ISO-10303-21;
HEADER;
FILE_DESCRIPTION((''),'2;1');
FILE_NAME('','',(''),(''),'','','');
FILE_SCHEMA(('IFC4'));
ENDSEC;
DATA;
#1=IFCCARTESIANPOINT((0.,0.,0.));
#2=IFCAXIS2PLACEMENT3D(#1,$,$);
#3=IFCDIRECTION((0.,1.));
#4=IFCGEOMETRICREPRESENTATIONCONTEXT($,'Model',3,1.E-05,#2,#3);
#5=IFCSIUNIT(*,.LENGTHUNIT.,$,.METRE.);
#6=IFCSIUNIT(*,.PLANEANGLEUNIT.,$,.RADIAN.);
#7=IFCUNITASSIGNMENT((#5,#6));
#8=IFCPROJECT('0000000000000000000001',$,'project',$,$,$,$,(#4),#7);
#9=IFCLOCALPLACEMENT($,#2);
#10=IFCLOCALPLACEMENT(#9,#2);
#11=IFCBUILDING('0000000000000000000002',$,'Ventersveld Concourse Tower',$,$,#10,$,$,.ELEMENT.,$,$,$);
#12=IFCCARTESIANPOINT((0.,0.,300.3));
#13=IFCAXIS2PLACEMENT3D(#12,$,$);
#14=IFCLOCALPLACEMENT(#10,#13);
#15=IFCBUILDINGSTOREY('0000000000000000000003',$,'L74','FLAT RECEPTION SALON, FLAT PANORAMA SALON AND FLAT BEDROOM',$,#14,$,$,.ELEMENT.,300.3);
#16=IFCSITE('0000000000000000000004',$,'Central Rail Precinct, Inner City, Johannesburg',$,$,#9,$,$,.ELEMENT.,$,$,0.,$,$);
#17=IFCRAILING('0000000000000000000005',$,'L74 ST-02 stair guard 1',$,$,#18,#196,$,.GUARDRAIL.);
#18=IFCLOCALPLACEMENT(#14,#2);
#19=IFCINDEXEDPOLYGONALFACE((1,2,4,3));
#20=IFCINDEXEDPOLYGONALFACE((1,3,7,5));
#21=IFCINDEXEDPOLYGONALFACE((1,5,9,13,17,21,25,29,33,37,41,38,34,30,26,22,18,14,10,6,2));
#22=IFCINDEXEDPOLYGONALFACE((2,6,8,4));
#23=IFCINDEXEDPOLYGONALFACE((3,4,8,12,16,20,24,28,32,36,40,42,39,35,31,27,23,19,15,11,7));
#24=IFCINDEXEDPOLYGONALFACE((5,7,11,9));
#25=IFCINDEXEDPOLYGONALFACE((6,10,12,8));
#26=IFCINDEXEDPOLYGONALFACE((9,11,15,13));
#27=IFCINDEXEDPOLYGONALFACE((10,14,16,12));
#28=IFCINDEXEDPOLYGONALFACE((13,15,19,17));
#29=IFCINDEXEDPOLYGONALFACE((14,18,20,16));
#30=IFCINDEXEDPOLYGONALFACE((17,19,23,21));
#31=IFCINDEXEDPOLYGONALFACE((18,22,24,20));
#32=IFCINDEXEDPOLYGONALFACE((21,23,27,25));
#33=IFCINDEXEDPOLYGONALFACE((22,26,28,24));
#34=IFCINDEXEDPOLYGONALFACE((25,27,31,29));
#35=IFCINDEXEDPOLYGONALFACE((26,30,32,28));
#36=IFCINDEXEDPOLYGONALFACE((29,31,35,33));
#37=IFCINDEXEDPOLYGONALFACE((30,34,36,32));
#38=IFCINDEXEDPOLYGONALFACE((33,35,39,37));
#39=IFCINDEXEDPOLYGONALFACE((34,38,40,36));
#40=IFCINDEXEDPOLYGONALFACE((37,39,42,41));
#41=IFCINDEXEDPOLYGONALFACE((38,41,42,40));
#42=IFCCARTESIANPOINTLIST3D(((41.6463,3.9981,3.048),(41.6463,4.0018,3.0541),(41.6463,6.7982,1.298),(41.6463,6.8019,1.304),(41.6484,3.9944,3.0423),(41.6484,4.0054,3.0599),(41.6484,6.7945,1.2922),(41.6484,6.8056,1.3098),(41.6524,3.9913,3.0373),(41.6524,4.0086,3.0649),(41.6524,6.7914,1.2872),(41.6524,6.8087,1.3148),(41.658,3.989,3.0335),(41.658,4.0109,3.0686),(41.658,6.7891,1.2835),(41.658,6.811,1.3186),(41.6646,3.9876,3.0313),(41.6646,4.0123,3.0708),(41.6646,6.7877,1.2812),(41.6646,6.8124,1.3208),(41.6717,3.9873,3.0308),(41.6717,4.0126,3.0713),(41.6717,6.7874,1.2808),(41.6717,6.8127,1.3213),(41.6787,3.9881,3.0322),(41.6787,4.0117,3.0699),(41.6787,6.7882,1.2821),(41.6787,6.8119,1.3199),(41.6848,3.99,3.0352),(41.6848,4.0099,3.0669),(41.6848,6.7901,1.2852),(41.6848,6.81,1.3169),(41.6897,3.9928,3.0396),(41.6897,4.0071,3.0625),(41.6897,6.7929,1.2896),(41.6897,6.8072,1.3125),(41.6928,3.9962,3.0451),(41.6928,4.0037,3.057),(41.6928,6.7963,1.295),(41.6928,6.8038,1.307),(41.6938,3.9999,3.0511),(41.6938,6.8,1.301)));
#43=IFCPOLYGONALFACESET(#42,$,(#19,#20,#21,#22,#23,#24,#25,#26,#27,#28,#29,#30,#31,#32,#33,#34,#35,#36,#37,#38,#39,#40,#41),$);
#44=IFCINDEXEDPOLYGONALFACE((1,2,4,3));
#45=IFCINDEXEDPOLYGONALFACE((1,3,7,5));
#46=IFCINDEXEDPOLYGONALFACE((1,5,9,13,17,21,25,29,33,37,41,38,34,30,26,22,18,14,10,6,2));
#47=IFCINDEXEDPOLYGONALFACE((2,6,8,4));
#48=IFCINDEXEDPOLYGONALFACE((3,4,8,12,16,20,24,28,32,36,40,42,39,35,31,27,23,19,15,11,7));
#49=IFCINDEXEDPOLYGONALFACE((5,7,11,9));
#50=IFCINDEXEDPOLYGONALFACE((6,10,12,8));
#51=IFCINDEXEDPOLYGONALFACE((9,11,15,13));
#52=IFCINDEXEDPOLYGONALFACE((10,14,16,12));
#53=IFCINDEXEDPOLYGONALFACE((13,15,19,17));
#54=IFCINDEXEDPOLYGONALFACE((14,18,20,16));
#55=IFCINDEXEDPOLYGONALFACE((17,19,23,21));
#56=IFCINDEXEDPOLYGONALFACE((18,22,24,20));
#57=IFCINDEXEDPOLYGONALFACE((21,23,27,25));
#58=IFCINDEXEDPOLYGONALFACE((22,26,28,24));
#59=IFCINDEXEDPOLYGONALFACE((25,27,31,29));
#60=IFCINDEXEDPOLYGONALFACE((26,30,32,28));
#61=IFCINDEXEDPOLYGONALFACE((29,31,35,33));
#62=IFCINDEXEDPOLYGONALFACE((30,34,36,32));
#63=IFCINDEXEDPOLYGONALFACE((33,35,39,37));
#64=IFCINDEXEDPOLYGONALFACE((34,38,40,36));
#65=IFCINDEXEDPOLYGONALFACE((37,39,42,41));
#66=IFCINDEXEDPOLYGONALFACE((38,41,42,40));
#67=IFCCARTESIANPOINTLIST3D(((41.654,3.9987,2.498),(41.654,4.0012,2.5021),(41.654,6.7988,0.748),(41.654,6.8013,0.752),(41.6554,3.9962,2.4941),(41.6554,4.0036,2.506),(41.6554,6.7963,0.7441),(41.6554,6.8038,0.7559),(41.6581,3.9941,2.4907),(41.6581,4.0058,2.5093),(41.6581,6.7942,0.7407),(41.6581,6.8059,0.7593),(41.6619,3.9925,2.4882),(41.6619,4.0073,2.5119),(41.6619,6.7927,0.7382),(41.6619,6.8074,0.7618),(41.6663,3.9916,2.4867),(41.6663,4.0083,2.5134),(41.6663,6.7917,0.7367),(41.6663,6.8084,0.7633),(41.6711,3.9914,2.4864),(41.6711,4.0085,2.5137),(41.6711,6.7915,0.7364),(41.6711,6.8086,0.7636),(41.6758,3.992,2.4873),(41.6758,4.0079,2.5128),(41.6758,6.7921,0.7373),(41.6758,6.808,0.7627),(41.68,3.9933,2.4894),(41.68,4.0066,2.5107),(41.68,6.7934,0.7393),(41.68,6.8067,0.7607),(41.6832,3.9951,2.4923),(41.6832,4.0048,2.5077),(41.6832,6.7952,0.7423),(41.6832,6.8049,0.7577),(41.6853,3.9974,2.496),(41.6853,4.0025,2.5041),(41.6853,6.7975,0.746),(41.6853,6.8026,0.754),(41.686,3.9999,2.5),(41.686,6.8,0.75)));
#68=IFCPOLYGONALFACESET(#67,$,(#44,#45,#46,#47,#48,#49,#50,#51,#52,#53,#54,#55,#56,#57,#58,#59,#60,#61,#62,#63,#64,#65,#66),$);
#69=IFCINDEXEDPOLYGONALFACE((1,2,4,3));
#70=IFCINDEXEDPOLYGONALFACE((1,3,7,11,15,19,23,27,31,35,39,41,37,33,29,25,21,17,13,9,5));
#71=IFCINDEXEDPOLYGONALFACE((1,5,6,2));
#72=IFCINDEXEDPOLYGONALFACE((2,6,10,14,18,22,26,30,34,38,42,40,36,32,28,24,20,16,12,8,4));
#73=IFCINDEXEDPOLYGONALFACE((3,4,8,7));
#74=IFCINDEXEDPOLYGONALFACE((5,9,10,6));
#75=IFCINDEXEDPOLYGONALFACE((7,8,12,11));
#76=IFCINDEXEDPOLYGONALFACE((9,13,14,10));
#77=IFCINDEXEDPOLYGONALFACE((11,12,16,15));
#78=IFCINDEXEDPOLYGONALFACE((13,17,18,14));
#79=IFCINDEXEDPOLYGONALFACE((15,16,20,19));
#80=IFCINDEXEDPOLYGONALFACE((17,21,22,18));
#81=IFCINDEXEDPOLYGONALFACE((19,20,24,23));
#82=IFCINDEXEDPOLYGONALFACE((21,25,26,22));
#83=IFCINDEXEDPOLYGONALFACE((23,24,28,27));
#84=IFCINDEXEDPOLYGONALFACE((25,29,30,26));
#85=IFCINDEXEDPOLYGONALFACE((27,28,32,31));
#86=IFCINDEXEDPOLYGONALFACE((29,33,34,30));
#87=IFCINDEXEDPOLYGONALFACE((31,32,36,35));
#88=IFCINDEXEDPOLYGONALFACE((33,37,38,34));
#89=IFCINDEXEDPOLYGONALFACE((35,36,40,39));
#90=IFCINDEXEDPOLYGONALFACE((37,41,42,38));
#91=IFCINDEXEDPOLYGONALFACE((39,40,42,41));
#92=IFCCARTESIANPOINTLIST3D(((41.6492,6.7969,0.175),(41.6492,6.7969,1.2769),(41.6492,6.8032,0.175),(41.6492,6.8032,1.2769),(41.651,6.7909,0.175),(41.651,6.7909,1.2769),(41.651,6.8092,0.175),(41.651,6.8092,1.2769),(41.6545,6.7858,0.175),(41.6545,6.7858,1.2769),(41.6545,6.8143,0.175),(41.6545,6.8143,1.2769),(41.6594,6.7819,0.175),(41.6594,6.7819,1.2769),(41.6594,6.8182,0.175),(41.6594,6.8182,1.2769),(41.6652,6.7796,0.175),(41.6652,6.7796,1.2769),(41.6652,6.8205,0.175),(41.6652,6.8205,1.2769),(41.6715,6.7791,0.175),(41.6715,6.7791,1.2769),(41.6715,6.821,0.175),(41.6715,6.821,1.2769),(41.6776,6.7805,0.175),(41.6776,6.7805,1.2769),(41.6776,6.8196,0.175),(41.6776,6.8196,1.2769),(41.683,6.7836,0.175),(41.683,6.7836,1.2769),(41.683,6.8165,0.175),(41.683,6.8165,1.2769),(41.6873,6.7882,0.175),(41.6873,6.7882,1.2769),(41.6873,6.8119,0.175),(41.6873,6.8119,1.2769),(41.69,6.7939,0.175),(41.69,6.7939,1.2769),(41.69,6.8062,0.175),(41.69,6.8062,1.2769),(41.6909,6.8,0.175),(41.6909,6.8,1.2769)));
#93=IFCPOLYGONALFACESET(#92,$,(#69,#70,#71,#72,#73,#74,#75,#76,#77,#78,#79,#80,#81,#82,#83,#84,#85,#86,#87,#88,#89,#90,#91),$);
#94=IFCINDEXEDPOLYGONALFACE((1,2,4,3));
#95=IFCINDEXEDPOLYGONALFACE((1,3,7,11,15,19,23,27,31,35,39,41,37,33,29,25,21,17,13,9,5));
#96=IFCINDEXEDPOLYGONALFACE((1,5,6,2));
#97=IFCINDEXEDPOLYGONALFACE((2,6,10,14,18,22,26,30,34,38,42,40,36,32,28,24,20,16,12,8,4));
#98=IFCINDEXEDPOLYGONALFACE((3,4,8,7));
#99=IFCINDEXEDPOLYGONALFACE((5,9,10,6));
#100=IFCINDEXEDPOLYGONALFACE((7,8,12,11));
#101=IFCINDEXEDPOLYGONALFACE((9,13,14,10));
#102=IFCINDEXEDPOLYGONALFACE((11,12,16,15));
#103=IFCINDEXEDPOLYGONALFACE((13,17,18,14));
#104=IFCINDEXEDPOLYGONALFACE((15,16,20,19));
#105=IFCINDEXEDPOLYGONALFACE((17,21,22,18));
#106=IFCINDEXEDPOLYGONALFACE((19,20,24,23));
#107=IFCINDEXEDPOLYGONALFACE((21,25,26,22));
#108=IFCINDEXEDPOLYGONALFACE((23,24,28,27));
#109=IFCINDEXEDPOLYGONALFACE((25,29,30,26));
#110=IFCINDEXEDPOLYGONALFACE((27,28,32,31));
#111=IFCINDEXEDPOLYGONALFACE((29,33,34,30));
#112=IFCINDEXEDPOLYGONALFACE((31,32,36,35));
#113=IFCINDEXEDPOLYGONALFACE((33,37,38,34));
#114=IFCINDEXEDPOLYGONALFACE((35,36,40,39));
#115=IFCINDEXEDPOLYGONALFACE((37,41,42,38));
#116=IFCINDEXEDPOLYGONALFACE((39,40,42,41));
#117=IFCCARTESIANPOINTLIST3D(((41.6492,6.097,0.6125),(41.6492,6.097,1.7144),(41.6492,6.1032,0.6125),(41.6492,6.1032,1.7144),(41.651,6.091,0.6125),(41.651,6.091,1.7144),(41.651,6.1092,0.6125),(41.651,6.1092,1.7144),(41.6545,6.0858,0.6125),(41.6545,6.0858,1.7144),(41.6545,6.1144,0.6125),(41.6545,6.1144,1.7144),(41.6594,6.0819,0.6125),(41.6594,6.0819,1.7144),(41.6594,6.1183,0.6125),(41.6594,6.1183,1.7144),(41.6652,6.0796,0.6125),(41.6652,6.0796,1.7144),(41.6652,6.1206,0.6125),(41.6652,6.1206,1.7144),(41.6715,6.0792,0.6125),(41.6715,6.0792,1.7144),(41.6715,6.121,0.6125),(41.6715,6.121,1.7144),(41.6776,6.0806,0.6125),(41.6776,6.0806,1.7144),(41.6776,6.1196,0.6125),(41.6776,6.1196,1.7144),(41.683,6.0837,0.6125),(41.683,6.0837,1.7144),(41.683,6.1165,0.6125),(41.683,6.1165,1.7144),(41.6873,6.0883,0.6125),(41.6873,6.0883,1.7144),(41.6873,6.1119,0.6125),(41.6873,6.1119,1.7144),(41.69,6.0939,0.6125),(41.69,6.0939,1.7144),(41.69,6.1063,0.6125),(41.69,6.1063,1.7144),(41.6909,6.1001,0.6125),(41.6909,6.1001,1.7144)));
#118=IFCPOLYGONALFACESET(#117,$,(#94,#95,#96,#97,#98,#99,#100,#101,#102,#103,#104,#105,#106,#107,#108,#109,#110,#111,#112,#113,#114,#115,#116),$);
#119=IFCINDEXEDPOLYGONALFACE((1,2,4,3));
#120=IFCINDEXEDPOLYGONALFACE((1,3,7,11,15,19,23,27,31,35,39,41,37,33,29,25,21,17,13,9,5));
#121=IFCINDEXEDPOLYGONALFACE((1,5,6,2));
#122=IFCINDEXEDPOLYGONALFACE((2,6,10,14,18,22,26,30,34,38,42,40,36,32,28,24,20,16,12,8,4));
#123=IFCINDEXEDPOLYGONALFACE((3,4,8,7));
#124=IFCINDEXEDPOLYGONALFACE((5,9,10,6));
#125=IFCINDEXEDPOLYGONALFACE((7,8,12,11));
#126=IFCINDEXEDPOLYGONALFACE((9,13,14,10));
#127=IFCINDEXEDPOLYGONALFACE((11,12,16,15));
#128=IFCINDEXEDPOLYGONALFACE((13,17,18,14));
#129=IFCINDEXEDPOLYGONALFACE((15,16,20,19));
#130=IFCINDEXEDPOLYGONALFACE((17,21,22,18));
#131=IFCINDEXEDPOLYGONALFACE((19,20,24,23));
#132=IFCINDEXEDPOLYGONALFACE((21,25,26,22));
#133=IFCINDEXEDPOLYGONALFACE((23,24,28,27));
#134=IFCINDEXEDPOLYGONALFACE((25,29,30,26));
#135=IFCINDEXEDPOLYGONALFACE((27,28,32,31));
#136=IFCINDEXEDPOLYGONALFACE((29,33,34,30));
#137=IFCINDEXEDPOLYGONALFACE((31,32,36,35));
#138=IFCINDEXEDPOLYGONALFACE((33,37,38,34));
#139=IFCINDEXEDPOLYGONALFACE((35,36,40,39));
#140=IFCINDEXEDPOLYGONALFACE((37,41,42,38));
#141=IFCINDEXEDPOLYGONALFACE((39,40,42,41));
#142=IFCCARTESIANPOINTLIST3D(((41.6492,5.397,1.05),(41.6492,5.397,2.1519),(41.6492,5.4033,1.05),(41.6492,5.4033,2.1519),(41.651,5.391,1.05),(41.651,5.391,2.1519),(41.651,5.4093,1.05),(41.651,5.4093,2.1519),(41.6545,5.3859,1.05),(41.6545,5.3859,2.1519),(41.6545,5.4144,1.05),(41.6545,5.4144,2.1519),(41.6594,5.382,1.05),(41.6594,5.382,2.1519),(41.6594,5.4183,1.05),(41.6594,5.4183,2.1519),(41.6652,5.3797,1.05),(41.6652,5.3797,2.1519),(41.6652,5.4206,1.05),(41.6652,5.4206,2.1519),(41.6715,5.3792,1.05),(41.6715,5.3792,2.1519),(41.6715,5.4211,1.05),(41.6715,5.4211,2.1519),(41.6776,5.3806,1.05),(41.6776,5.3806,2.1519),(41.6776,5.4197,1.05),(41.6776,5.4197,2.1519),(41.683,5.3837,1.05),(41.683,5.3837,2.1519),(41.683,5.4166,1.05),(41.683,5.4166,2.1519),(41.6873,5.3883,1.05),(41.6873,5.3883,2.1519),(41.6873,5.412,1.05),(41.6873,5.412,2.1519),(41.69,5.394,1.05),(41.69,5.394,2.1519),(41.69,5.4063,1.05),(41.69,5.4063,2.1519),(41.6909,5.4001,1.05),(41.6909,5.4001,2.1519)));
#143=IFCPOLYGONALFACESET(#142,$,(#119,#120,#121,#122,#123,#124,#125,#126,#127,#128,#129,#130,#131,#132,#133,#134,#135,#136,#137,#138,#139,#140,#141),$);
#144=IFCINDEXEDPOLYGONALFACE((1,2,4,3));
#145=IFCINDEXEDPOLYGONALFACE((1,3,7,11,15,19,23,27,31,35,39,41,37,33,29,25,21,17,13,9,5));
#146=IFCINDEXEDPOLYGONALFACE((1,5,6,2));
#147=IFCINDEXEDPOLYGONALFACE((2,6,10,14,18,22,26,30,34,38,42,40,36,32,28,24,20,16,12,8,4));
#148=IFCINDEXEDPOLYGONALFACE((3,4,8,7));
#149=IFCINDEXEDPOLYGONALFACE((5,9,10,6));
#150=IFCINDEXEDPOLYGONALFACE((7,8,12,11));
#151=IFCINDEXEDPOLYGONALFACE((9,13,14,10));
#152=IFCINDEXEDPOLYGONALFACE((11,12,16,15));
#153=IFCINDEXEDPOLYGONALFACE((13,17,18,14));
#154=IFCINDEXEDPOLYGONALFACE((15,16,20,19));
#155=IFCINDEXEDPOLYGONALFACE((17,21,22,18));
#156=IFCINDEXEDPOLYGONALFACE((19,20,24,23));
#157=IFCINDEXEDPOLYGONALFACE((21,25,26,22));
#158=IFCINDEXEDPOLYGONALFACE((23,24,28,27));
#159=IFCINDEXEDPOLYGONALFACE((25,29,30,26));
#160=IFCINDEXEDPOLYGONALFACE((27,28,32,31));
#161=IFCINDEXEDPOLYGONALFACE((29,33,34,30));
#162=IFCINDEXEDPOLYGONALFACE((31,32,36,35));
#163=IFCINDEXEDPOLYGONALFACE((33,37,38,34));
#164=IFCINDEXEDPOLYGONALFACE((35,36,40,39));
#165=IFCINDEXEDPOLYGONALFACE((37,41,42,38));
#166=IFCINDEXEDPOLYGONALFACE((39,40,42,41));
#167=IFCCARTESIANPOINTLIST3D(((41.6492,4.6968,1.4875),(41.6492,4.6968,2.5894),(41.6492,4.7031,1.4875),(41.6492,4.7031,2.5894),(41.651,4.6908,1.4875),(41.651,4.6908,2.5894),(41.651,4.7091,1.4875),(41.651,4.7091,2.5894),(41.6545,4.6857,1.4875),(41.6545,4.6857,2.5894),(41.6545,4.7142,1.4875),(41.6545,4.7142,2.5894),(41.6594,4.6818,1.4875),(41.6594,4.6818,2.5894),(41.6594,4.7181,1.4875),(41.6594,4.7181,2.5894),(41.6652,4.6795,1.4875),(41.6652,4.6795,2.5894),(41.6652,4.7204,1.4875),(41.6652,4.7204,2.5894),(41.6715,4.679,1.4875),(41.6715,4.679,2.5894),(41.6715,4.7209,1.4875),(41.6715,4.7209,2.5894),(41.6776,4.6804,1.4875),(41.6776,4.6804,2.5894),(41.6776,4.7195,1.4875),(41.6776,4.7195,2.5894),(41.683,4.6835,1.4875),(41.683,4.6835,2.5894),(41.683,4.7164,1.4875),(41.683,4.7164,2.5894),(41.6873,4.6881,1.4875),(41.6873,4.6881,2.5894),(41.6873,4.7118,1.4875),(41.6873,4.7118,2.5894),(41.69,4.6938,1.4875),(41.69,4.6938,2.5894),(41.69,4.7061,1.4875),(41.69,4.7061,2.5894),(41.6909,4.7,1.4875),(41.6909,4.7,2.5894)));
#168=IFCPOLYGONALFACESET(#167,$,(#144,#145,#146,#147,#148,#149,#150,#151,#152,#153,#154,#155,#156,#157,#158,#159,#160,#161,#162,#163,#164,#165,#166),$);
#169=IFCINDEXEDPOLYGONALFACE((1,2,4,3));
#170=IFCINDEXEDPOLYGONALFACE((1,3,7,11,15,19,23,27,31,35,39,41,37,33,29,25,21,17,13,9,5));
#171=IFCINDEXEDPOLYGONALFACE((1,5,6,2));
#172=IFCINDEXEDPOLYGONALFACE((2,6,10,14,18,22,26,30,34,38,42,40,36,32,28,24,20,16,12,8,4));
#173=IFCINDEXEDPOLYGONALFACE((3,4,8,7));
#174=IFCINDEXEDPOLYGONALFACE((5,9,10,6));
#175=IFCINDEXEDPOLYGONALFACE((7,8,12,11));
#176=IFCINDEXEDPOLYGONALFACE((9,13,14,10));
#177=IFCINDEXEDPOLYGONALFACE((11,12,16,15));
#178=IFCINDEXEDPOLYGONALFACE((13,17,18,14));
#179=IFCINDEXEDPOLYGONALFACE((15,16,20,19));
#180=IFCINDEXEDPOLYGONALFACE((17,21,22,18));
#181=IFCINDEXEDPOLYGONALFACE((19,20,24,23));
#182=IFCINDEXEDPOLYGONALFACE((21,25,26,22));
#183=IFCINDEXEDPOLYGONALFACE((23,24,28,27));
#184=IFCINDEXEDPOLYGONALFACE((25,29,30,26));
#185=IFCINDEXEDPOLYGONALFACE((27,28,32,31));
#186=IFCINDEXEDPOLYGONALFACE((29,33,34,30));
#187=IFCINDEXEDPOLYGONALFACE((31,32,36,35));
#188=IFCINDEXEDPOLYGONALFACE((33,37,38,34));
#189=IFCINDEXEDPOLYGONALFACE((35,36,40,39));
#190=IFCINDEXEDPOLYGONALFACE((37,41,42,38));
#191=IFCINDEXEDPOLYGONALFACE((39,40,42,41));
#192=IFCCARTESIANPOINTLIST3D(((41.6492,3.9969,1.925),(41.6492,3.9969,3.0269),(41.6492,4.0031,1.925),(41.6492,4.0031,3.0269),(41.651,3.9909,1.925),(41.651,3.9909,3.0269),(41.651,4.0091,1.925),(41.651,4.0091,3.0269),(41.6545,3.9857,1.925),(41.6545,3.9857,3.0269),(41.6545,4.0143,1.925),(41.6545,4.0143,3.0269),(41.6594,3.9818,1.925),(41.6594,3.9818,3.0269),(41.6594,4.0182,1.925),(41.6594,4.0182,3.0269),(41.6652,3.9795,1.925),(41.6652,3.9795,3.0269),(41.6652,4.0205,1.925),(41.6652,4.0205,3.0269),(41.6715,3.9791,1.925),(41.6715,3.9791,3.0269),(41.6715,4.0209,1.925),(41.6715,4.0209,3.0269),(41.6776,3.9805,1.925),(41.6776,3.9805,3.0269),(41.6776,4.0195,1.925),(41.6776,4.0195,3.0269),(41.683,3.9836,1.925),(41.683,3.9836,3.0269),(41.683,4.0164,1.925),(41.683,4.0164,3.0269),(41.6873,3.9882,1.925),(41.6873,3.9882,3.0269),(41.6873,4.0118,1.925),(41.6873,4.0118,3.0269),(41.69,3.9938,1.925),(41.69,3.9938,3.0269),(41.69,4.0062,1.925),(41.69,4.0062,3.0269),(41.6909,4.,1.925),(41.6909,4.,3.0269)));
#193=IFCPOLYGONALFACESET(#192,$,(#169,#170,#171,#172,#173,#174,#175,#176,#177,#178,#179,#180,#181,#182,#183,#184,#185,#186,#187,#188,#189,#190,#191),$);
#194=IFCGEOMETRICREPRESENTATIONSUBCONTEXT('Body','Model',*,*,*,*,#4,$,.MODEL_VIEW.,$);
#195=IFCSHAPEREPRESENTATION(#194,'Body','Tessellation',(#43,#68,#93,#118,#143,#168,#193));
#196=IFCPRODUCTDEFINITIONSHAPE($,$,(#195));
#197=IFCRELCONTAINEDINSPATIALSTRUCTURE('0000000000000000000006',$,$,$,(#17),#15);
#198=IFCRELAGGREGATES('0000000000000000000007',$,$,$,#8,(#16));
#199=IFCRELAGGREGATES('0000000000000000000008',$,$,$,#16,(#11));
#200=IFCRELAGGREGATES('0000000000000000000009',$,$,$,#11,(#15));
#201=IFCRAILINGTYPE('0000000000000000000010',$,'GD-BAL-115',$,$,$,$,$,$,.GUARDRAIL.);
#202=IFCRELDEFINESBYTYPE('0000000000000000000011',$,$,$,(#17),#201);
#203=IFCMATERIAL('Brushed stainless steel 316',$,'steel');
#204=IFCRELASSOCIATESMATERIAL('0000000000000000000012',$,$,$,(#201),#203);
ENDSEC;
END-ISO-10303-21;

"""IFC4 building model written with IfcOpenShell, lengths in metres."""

from ifc_helpers import new_model, si_unit, direction, frame, origin, origin_2d, place, context, subcontext, project, spatial, circle, extrude, material, type_object, element, save


model = new_model("IFC4")

# Units and contexts
model_context = context("Model", 3, precision=1e-05, world=origin(), true_north=direction((0.0, 1.0)))
body_context = subcontext(model_context, "Body", "Model", "MODEL_VIEW")
ifc_project = project(units=[si_unit("LENGTHUNIT", "METRE"), si_unit("PLANEANGLEUNIT", "RADIAN")], contexts=[model_context])

# Site, building, storey
site_placement = place(None, origin())
site = spatial("IfcSite", under=ifc_project, at=site_placement, Name="Central Rail Precinct, Inner City, Johannesburg", CompositionType="ELEMENT", RefElevation=0.0)
building_placement = place(site_placement, origin())
building = spatial("IfcBuilding", under=site, at=building_placement, Name="Ventersveld Concourse Tower", CompositionType="ELEMENT")
storey_placement = place(building_placement, frame((0.0, 0.0, 300.3)))
storey = spatial("IfcBuildingStorey", under=building, at=storey_placement, Name="L74", Description="FLAT RECEPTION SALON, FLAT PANORAMA SALON AND FLAT BEDROOM", CompositionType="ELEMENT", Elevation=300.3)

# Shared definitions
ifc_material_1 = material(Name="Brushed stainless steel 316", Category="steel")

# Railing
railing_type_1 = type_object("IfcRailingType", Name="GD-BAL-115", PredefinedType="GUARDRAIL", material=ifc_material_1)
railing_1_placement = place(storey_placement, frame((41.6699, 6.8, 0.175)))
element("IfcRailing", 1, at=railing_1_placement, inside=storey, type_object=railing_type_1, Name="L74 ST-02 stair guard 1", PredefinedType="GUARDRAIL", context=body_context, shape_type="SweptSolid", body=[
    extrude(circle(Radius=0.0239, at=origin_2d()), frame((0.0, 0.0, 1.126), z_axis=(0.0, -0.848002, 0.529992), x_axis=(1.0, 0.0, 0.0)), (0.0, 0.0, 1.0), 3.302),
    extrude(circle(Radius=0.0161, at=origin_2d()), frame((0.0, 0.0, 0.575), z_axis=(0.0, -0.848002, 0.529992), x_axis=(1.0, 0.0, 0.0)), (0.0, 0.0, 1.0), 3.302),
    extrude(circle(Radius=0.021, at=origin_2d()), origin(), (0.0, 0.0, 1.0), 1.1018),
    extrude(circle(Radius=0.021, at=origin_2d()), frame((0.0, -0.7, 0.4375)), (0.0, 0.0, 1.0), 1.1018),
    extrude(circle(Radius=0.021, at=origin_2d()), frame((0.0, -1.3999, 0.875)), (0.0, 0.0, 1.0), 1.1018),
    extrude(circle(Radius=0.021, at=origin_2d()), frame((0.0, -2.1001, 1.3125)), (0.0, 0.0, 1.0), 1.1018),
    extrude(circle(Radius=0.021, at=origin_2d()), frame((0.0, -2.8, 1.75)), (0.0, 0.0, 1.0), 1.1018),
])

save(model, "model.ifc")
